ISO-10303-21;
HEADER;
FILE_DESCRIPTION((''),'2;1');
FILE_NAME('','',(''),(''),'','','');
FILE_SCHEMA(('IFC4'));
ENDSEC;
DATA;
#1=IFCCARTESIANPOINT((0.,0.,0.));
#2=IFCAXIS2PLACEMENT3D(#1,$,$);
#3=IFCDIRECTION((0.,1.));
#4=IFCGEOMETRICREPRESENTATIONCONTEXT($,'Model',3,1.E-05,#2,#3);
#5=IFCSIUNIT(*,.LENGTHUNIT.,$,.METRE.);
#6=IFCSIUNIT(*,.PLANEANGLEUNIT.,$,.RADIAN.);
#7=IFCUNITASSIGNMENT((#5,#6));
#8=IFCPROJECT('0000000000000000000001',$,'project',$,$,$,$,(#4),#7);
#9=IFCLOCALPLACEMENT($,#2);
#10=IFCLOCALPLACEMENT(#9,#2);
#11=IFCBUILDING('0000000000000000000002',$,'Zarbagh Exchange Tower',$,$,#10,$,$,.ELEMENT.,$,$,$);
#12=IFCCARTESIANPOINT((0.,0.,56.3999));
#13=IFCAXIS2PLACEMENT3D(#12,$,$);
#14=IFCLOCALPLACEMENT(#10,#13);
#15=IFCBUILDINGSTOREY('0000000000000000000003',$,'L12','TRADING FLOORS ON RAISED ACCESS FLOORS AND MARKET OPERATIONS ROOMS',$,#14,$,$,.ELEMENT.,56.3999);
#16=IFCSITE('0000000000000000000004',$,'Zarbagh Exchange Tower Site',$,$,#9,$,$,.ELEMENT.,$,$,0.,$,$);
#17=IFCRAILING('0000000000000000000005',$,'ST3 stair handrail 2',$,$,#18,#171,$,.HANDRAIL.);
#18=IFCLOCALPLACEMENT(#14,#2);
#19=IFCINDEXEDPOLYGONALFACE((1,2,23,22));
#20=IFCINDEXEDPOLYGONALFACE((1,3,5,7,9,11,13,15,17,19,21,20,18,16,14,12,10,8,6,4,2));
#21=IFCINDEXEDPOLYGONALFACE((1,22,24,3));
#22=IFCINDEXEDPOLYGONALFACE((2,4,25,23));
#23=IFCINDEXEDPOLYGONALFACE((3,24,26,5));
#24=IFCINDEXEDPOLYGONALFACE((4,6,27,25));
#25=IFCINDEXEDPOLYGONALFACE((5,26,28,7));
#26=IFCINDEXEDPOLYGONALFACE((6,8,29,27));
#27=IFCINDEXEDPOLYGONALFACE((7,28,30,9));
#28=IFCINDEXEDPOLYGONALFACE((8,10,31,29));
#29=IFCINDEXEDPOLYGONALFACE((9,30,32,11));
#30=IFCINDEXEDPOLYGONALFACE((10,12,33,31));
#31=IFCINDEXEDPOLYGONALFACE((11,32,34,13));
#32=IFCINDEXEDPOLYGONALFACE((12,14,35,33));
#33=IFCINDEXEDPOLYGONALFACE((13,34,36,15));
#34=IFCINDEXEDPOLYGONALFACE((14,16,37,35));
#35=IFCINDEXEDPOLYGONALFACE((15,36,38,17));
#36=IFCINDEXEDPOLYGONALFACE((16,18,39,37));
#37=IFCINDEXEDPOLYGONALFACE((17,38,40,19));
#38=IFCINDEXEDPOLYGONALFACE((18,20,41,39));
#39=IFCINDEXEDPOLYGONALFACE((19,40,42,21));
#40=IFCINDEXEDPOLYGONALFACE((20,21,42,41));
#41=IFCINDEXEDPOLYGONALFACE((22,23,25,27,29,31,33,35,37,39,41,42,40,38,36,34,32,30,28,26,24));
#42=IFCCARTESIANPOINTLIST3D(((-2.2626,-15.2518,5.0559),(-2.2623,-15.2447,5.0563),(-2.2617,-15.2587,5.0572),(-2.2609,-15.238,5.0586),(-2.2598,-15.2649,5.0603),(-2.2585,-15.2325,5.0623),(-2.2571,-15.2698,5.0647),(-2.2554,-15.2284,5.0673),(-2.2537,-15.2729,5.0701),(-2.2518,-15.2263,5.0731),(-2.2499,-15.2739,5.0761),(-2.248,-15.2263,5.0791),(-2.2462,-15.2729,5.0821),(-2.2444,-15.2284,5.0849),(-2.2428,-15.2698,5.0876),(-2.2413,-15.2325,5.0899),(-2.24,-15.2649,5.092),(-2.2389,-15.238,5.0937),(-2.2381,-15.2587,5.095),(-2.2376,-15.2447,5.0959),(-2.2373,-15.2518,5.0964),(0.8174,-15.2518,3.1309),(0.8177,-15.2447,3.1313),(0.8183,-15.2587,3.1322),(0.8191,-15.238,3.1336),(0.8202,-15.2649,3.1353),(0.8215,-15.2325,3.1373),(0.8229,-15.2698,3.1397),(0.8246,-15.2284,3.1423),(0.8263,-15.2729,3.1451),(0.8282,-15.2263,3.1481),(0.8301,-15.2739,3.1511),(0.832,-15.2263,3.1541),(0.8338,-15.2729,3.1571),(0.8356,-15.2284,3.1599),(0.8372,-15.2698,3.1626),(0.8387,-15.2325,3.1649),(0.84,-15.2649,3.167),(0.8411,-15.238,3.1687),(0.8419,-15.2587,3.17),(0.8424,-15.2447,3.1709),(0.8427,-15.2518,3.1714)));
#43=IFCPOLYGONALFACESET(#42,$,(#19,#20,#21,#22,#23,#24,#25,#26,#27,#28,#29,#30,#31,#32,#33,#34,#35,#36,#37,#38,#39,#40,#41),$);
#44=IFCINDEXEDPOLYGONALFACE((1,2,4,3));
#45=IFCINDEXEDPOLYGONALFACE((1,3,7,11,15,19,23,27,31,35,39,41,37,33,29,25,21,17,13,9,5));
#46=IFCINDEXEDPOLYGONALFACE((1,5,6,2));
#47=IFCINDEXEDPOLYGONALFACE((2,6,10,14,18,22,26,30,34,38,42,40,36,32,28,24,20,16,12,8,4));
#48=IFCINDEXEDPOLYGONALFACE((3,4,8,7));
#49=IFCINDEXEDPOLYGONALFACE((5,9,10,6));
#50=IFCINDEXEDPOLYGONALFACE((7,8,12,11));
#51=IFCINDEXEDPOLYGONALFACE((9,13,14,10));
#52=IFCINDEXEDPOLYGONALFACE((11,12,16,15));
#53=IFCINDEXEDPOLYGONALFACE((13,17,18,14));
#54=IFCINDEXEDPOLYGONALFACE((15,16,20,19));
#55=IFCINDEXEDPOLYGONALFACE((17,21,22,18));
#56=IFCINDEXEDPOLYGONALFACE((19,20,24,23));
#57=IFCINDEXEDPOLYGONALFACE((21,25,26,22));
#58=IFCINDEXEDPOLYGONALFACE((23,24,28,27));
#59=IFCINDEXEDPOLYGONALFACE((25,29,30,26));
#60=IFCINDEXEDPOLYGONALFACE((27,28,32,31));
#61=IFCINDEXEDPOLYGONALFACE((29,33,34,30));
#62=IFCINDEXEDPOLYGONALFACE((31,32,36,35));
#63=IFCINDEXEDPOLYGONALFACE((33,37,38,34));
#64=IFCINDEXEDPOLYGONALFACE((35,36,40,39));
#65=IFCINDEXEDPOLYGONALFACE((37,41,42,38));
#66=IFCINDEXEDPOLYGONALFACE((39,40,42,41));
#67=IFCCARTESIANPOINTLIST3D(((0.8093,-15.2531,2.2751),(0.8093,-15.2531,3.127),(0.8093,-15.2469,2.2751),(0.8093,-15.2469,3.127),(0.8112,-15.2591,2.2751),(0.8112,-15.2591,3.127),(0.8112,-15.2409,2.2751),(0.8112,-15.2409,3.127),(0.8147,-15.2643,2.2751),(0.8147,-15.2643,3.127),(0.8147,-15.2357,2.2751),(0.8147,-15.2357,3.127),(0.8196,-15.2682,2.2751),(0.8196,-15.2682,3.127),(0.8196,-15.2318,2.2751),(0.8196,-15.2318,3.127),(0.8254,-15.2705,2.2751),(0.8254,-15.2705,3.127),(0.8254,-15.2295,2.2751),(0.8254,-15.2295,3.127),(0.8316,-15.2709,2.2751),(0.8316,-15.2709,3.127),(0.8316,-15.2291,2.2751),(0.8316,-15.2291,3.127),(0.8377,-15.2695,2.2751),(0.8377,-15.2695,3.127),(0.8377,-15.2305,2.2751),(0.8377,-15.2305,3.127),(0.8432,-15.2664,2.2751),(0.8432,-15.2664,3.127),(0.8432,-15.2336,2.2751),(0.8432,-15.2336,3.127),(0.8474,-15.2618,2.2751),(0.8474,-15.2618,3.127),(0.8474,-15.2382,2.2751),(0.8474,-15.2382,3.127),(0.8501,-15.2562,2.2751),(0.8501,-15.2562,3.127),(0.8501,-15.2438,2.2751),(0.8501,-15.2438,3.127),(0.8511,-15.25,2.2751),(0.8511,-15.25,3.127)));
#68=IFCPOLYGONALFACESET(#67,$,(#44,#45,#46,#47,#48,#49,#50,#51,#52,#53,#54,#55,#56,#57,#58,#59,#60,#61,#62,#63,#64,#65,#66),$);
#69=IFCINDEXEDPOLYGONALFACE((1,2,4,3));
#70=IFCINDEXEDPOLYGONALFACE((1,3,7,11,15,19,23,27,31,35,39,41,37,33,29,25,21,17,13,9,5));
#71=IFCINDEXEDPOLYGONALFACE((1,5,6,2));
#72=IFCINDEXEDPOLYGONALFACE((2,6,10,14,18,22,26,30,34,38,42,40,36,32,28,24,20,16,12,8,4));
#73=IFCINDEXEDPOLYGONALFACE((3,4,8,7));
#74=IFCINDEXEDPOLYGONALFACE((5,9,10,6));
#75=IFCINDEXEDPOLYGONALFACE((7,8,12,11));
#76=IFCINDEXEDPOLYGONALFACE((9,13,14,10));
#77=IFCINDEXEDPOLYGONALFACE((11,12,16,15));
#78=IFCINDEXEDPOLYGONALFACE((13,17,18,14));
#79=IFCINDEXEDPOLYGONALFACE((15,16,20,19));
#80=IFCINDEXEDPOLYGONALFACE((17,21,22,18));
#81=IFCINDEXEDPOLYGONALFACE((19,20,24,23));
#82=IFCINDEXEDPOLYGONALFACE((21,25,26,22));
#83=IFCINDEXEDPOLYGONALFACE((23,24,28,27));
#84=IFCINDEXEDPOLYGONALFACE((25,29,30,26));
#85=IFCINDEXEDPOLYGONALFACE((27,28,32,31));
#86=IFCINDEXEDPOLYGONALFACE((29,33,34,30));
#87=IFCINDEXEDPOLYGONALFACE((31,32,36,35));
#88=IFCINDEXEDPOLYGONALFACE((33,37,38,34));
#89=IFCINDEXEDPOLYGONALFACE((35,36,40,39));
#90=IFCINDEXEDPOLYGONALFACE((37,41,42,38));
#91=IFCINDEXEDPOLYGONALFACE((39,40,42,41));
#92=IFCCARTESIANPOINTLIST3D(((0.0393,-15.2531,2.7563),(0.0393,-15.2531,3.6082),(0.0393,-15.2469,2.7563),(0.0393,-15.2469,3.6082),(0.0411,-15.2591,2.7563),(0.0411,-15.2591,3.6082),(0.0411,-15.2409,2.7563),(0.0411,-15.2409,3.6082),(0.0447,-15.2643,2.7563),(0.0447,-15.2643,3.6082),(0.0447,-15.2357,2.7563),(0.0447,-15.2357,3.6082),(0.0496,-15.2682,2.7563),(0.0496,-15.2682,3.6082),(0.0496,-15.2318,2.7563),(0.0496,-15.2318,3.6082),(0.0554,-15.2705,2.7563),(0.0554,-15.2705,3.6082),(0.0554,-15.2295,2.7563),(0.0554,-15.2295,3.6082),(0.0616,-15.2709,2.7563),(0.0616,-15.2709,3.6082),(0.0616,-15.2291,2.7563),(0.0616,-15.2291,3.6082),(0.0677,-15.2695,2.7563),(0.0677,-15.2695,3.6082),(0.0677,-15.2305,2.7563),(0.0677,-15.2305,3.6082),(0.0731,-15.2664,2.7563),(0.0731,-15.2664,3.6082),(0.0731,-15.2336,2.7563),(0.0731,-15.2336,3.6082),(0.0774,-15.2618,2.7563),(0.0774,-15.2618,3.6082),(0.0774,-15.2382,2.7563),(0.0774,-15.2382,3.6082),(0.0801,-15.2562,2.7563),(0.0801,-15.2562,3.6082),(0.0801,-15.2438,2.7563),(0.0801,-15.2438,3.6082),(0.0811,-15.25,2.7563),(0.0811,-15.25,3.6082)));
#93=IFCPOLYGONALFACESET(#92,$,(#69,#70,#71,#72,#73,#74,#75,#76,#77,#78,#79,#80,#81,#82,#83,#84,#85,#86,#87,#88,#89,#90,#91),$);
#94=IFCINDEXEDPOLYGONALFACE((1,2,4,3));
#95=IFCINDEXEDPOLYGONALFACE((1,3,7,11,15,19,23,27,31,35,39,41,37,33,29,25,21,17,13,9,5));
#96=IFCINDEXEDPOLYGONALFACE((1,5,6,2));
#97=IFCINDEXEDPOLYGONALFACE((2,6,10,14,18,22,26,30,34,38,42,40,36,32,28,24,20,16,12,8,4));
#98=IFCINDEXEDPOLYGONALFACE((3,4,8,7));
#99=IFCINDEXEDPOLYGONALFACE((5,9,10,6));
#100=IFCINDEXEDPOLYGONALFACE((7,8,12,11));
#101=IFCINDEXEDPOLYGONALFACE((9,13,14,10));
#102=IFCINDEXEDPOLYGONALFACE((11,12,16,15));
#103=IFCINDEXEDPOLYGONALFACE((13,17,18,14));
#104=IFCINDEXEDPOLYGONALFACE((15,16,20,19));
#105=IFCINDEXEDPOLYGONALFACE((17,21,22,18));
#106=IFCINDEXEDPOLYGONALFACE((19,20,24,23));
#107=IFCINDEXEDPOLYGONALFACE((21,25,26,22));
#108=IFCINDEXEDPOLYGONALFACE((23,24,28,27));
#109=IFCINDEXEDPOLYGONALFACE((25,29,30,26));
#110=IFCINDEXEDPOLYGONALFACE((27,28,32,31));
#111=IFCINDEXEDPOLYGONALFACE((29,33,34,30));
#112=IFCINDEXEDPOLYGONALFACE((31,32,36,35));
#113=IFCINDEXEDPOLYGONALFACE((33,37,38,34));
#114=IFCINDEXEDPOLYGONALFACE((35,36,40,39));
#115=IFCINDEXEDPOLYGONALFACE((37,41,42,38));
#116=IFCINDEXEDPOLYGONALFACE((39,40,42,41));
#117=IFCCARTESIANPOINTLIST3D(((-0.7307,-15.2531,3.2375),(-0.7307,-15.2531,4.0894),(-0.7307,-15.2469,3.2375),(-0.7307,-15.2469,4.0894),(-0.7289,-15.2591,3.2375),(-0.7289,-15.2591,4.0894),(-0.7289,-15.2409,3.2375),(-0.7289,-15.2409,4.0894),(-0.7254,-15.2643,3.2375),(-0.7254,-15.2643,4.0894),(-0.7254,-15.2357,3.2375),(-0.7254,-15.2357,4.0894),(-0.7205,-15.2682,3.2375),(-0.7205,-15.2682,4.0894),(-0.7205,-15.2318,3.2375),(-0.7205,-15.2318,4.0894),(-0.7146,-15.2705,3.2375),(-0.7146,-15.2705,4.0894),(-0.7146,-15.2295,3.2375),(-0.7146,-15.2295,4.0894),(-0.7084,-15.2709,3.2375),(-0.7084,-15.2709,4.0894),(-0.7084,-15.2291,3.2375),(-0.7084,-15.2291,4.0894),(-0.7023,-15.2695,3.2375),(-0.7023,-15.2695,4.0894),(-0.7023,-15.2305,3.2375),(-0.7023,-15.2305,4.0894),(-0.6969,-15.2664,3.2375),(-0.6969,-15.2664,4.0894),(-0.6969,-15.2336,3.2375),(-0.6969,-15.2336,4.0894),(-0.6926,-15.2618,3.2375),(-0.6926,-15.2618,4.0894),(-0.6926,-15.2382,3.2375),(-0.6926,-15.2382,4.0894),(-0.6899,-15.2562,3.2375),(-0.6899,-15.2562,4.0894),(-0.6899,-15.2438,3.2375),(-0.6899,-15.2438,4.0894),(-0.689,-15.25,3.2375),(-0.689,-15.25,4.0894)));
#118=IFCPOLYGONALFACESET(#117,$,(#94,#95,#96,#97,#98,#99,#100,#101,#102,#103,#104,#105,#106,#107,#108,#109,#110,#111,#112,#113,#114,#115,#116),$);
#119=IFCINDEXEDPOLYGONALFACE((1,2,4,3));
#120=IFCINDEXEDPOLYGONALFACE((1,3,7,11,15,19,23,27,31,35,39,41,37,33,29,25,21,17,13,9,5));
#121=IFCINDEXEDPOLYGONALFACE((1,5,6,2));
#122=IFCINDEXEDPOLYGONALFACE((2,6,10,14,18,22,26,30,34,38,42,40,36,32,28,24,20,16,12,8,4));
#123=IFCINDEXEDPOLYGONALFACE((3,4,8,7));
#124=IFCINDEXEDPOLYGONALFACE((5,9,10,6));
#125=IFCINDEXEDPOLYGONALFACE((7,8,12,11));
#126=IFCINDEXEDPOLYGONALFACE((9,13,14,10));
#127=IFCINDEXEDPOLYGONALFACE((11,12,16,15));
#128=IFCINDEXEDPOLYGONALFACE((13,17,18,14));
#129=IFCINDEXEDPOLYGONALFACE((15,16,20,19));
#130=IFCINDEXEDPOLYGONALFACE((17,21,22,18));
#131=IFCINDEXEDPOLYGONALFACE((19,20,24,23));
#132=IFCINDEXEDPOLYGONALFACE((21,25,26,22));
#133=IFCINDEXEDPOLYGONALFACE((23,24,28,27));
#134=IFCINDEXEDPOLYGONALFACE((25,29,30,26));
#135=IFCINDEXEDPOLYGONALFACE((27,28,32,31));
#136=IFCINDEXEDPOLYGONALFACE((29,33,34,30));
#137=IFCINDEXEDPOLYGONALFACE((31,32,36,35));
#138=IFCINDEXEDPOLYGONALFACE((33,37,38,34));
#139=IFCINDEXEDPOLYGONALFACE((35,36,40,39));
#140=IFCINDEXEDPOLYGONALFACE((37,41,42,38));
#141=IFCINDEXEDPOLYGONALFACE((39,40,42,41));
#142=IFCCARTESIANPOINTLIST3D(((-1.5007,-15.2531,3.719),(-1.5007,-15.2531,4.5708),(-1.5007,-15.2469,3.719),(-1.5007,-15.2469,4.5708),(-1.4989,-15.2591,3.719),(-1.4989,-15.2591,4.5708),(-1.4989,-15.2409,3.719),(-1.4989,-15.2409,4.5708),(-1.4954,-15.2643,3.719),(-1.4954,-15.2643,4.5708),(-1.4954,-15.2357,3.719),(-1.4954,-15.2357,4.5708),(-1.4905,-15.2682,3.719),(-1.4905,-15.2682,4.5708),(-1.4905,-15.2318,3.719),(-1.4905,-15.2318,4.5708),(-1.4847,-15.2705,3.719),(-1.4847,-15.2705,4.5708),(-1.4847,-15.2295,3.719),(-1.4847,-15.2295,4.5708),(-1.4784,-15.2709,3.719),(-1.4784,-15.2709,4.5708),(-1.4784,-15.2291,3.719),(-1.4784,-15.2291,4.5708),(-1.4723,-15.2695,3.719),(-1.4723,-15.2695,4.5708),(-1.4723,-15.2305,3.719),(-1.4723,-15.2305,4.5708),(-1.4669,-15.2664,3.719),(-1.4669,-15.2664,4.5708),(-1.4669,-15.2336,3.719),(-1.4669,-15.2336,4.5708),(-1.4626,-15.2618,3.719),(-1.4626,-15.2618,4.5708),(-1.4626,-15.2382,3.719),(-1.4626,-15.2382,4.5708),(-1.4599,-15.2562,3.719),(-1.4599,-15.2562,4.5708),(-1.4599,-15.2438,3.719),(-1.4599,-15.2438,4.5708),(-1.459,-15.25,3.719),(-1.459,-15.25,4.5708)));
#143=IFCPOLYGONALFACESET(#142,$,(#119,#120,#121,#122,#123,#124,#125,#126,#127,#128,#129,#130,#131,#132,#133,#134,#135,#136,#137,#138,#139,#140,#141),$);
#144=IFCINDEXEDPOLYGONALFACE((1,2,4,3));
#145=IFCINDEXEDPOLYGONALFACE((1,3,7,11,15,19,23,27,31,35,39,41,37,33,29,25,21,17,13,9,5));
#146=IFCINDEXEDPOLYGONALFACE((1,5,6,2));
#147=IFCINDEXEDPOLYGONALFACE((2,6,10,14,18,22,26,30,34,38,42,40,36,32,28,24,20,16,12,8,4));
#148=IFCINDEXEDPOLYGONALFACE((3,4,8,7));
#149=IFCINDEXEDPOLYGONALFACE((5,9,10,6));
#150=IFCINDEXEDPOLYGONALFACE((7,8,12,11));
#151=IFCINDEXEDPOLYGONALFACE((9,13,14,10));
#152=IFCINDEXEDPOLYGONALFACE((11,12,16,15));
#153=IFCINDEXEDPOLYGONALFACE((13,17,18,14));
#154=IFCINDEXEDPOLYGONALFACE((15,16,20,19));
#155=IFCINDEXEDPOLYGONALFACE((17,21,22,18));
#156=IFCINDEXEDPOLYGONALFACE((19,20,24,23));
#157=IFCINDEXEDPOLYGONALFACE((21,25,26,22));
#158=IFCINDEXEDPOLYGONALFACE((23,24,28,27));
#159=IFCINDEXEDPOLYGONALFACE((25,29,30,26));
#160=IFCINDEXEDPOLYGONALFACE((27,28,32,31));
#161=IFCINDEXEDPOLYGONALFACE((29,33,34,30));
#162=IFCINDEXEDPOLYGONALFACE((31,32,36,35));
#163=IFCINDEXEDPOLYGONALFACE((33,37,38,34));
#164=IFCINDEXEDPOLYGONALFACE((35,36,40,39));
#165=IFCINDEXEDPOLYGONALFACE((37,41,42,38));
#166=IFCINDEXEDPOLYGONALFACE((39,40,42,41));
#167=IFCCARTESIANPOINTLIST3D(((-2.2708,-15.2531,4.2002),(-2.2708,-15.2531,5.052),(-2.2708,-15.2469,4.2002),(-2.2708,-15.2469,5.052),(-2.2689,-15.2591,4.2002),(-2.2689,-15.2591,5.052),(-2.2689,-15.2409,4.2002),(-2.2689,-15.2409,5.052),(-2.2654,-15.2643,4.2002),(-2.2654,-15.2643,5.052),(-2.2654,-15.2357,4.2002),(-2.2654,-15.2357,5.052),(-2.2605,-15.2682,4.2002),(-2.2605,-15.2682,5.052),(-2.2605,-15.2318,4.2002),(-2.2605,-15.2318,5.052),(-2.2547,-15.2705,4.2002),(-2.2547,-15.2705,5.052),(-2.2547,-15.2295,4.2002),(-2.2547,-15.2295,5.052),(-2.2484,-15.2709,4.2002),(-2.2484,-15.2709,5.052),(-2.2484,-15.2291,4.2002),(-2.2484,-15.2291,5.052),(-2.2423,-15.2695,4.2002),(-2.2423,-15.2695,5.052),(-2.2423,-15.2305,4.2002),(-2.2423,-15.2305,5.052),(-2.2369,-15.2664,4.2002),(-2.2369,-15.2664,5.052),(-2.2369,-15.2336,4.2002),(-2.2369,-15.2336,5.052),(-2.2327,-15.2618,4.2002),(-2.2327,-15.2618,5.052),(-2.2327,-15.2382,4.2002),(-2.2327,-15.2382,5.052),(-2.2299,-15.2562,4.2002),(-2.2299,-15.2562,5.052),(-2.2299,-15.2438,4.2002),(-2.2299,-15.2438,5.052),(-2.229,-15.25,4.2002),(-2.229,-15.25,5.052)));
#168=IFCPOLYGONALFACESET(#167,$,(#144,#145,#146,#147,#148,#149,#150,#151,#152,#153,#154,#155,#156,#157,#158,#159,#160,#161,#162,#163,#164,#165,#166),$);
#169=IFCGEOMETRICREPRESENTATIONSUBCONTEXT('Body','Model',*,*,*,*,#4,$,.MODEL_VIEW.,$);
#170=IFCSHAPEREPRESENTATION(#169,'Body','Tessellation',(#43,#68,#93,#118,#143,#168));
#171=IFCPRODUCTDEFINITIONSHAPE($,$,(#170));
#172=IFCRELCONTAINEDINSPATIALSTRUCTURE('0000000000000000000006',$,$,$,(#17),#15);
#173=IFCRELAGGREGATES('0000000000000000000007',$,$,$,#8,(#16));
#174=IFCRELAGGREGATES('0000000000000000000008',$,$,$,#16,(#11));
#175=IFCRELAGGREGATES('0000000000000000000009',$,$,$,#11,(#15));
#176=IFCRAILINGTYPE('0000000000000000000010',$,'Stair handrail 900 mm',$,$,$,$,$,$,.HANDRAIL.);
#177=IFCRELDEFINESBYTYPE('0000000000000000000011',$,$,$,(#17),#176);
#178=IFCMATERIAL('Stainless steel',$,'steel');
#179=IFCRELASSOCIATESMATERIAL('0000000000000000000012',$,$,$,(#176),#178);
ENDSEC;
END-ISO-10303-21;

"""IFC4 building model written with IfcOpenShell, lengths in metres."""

from ifc_helpers import new_model, si_unit, direction, frame, origin, origin_2d, place, context, subcontext, project, spatial, circle, extrude, material, type_object, element, save


model = new_model("IFC4")

# Units and contexts
model_context = context("Model", 3, precision=1e-05, world=origin(), true_north=direction((0.0, 1.0)))
body_context = subcontext(model_context, "Body", "Model", "MODEL_VIEW")
ifc_project = project(units=[si_unit("LENGTHUNIT", "METRE"), si_unit("PLANEANGLEUNIT", "RADIAN")], contexts=[model_context])

# Site, building, storey
site_placement = place(None, origin())
site = spatial("IfcSite", under=ifc_project, at=site_placement, Name="Zarbagh Exchange Tower Site", CompositionType="ELEMENT", RefElevation=0.0)
building_placement = place(site_placement, origin())
building = spatial("IfcBuilding", under=site, at=building_placement, Name="Zarbagh Exchange Tower", CompositionType="ELEMENT")
storey_placement = place(building_placement, frame((0.0, 0.0, 56.3999)))
storey = spatial("IfcBuildingStorey", under=building, at=storey_placement, Name="L12", Description="TRADING FLOORS ON RAISED ACCESS FLOORS AND MARKET OPERATIONS ROOMS", CompositionType="ELEMENT", Elevation=56.3999)

# Railing
ifc_material_1 = material(Name="Stainless steel", Category="steel")
railing_type_1 = type_object("IfcRailingType", Name="Stair handrail 900 mm", PredefinedType="HANDRAIL", material=ifc_material_1)
for number, where, name in (
    (1, (0.8301, -15.25, 2.2751), "ST3 stair handrail 2"),
):
    element("IfcRailing", number, at=place(storey_placement, frame(where)), inside=storey, type_object=railing_type_1, Name=name, PredefinedType="HANDRAIL", context=body_context, shape_type="SweptSolid", body=[
        extrude(circle(Radius=0.0239, at=origin_2d()), frame((0.0, 0.0, 0.876), z_axis=(-0.847998, 0.0, 0.529999), x_axis=(0.0, -1.0, 0.0)), (0.0, 0.0, 1.0), 3.6321),
        extrude(circle(Radius=0.021, at=origin_2d()), origin(), (0.0, 0.0, 1.0), 0.8518),
        extrude(circle(Radius=0.021, at=origin_2d()), frame((-0.77, 0.0, 0.4812)), (0.0, 0.0, 1.0), 0.8518),
        extrude(circle(Radius=0.021, at=origin_2d()), frame((-1.54, 0.0, 0.9624)), (0.0, 0.0, 1.0), 0.8518),
        extrude(circle(Radius=0.021, at=origin_2d()), frame((-2.3101, 0.0, 1.4438)), (0.0, 0.0, 1.0), 0.8518),
        extrude(circle(Radius=0.021, at=origin_2d()), frame((-3.0801, 0.0, 1.925)), (0.0, 0.0, 1.0), 0.8518),
    ])

save(model, "model.ifc")
